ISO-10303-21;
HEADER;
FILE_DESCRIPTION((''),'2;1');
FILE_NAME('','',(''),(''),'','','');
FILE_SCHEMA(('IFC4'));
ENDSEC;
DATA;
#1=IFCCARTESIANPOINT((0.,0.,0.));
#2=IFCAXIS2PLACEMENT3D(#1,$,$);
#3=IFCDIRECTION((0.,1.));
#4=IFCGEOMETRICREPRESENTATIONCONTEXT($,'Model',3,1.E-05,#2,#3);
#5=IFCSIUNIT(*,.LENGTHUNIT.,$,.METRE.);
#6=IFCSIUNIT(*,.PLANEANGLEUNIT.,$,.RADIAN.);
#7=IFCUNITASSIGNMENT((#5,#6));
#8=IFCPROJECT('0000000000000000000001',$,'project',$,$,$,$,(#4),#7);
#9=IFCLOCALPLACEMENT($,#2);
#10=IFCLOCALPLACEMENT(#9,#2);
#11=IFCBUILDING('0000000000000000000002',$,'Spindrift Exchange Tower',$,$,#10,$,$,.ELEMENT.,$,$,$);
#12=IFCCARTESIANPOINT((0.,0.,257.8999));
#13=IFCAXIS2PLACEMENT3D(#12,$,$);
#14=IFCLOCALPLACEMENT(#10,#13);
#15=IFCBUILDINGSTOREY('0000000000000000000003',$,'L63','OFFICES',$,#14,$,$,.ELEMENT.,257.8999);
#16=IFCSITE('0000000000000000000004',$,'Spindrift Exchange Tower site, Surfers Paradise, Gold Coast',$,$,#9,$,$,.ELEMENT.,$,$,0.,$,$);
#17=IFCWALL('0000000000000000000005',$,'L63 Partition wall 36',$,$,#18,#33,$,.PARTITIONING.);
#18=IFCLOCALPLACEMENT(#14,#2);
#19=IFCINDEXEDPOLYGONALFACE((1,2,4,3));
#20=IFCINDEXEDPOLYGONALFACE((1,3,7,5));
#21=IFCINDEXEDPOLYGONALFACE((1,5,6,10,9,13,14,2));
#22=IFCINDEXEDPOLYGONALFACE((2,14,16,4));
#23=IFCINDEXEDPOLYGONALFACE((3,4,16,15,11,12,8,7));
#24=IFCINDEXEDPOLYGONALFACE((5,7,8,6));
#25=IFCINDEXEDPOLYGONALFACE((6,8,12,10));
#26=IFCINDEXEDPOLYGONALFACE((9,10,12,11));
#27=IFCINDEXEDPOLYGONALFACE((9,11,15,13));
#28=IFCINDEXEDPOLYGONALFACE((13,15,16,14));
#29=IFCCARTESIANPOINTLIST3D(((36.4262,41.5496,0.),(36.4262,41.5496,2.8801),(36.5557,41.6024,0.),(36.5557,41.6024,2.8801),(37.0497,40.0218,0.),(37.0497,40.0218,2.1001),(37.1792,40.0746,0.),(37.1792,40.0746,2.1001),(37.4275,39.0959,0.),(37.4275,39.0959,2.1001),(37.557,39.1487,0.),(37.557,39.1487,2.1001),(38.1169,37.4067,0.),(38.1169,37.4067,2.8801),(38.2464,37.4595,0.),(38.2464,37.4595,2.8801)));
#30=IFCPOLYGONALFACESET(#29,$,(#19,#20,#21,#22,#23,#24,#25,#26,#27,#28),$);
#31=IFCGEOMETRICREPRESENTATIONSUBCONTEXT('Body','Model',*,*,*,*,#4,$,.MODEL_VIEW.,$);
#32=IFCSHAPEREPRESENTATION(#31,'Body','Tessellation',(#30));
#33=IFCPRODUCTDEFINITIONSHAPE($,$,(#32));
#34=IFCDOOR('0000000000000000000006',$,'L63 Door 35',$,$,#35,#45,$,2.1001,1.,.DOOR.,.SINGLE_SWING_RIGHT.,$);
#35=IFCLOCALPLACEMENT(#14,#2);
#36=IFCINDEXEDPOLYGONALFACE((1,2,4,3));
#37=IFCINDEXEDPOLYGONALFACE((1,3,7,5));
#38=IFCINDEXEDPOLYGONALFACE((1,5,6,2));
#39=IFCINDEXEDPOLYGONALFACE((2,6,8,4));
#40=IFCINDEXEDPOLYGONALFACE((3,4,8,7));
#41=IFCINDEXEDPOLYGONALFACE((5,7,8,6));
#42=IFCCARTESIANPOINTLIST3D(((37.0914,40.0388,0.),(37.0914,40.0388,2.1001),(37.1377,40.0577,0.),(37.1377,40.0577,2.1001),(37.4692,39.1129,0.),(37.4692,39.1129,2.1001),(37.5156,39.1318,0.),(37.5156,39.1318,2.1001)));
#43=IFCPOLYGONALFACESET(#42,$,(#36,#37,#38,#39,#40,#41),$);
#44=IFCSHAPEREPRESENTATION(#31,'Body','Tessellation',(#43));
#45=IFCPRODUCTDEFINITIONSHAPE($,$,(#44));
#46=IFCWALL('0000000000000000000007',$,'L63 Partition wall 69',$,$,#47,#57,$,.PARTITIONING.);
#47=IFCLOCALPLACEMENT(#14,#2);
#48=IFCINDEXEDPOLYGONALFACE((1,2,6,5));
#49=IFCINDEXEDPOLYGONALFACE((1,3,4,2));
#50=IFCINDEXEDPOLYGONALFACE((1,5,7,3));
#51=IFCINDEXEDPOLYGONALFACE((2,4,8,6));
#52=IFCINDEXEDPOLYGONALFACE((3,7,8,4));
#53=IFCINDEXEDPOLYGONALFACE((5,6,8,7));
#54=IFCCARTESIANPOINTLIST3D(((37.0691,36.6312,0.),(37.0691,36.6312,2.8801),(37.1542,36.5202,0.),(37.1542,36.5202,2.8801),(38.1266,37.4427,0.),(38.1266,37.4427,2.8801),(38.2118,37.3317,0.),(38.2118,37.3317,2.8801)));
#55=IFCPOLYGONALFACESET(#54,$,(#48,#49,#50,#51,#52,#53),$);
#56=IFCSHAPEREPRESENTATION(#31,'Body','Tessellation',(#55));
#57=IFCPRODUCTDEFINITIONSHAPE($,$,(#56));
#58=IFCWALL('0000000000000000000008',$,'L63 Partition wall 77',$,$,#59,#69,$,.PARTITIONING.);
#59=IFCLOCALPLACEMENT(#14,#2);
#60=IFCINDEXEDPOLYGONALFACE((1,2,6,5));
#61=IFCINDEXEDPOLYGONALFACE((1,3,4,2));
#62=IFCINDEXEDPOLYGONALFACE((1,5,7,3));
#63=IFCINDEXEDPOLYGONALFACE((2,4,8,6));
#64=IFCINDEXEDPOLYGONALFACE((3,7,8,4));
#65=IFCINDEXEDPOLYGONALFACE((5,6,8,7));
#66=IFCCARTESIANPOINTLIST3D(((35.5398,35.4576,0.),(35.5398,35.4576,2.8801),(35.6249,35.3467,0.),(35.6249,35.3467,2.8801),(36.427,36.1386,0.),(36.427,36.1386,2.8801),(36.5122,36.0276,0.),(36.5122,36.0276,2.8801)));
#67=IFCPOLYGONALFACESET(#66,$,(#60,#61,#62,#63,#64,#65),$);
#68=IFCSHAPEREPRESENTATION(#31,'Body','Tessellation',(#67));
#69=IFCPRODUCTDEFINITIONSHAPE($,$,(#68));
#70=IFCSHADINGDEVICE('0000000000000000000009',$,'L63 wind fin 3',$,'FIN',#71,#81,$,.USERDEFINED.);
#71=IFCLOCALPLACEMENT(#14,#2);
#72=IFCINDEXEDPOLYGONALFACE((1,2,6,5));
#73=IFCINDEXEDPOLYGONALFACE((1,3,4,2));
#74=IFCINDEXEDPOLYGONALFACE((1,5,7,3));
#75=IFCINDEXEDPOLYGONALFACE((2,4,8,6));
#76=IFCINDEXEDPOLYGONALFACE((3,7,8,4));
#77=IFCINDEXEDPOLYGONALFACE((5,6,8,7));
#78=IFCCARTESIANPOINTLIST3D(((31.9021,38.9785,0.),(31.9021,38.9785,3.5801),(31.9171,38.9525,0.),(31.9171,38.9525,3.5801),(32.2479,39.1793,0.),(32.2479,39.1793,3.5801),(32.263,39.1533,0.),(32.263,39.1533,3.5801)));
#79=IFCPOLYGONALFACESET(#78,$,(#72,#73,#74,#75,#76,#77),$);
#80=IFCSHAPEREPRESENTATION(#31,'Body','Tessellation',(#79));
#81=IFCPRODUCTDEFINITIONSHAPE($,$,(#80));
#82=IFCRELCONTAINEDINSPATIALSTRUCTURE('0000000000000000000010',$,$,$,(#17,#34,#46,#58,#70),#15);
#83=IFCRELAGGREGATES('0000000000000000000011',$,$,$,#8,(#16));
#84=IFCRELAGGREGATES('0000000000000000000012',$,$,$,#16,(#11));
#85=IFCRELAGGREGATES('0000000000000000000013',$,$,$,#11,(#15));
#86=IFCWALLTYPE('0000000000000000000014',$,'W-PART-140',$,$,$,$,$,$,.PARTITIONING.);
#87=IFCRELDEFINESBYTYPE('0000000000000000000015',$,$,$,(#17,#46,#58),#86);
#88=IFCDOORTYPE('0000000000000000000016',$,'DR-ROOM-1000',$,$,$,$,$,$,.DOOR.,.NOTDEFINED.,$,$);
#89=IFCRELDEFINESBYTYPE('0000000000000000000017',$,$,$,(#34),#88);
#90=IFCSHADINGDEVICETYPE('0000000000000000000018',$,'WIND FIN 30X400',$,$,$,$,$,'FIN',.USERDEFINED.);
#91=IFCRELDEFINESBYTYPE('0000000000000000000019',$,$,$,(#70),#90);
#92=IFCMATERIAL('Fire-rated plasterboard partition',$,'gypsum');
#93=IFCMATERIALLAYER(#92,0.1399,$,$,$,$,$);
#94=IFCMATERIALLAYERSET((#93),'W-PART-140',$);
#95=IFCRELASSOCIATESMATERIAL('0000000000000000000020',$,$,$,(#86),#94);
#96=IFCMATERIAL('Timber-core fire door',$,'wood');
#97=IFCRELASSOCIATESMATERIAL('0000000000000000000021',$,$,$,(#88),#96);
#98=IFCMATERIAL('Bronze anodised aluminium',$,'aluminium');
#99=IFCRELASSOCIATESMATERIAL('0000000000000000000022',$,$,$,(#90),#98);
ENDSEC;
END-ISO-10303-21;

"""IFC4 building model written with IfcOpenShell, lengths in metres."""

from ifc_helpers import new_model, si_unit, direction, frame, frame_2d, origin, origin_2d, place, context, subcontext, project, spatial, rectangle, extrude, source, transform, mapped, material, layer, layer_set, material_profile, profile_set, type_object, element, fill, save


model = new_model("IFC4")

# Units and contexts
model_context = context("Model", 3, precision=1e-05, world=origin(), true_north=direction((0.0, 1.0)))
body_context = subcontext(model_context, "Body", "Model", "MODEL_VIEW")
ifc_project = project(units=[si_unit("LENGTHUNIT", "METRE"), si_unit("PLANEANGLEUNIT", "RADIAN")], contexts=[model_context])

# Site, building, storey
site_placement = place(None, origin())
site = spatial("IfcSite", under=ifc_project, at=site_placement, Name="Spindrift Exchange Tower site, Surfers Paradise, Gold Coast", CompositionType="ELEMENT", RefElevation=0.0)
building_placement = place(site_placement, origin())
building = spatial("IfcBuilding", under=site, at=building_placement, Name="Spindrift Exchange Tower", CompositionType="ELEMENT")
storey_placement = place(building_placement, frame((0.0, 0.0, 257.8999)))
storey = spatial("IfcBuildingStorey", under=building, at=storey_placement, Name="L63", Description="OFFICES", CompositionType="ELEMENT", Elevation=257.8999)

# Shared definitions
ifc_material_1 = material(Name="Bronze anodised aluminium", Category="aluminium")

# Wall, opening, door
ifc_material_2 = material(Name="Fire-rated plasterboard partition", Category="gypsum")
ifc_layer_1 = layer(ifc_material_2, 0.1399)
ifc_layer_set_1 = layer_set([ifc_layer_1], Name="W-PART-140")
wall_type = type_object("IfcWallType", Name="W-PART-140", PredefinedType="PARTITIONING", material=ifc_layer_set_1)
wall_1_placement = place(storey_placement, frame((38.1816, 37.4331, 0.0), z_axis=(0.0, 0.0, 1.0), x_axis=(-0.377844, 0.925869, 0.0)))
wall_1 = element("IfcWall", 1, at=wall_1_placement, inside=storey, type_object=wall_type, Name="L63 Partition wall 36", PredefinedType="PARTITIONING", context=body_context, shape_type="SweptSolid", body=[
    extrude(rectangle(XDim=4.4746, YDim=0.1399, at=frame_2d((2.2373, 0.0))), origin(), (0.0, 0.0, 1.0), 2.8801),
])
opening_placement = place(wall_1_placement, frame((1.8245, 0.0, 0.0)))
opening = element("IfcOpeningElement", 2, at=opening_placement, cuts=wall_1, PredefinedType="OPENING", context=body_context, shape_type="SweptSolid", body=[
    extrude(rectangle(XDim=1.0, YDim=2.1001, at=frame_2d((0.5, 1.05))), frame((0.0, 0.0798, 0.0), z_axis=(0.0, -1.0, 0.0), x_axis=(1.0, 0.0, 0.0)), (0.0, 0.0, 1.0), 0.1599),
])
ifc_material_3 = material(Name="Timber-core fire door", Category="wood")
door_type = type_object("IfcDoorType", Name="DR-ROOM-1000", OperationType="NOTDEFINED", PredefinedType="DOOR", material=ifc_material_3)
shared_shape_1 = source(origin(), body_context, "Body", "SweptSolid", [
    extrude(rectangle(XDim=1.0, YDim=2.1001, at=frame_2d((0.5, 1.05))), frame((0.0, 0.0249, 0.0), z_axis=(0.0, -1.0, 0.0), x_axis=(1.0, 0.0, 0.0)), (0.0, 0.0, 1.0), 0.05),
])
door_placement = place(opening_placement, origin())
door = element("IfcDoor", 3, at=door_placement, inside=storey, type_object=door_type, Name="L63 Door 35", OperationType="SINGLE_SWING_RIGHT", OverallHeight=2.1001, OverallWidth=1.0, PredefinedType="DOOR", context=body_context, shape_type="MappedRepresentation", body=[
    mapped(shared_shape_1, transform((0.0, 0.0, 0.0), scale=1.0)),
])
fill(opening, door)

# Walls
wall_2_placement = place(storey_placement, frame((38.1692, 37.3872, 0.0), z_axis=(0.0, 0.0, 1.0), x_axis=(-0.793359, -0.608754, 0.0)))
element("IfcWall", 4, at=wall_2_placement, inside=storey, type_object=wall_type, Name="L63 Partition wall 69", PredefinedType="PARTITIONING", context=body_context, shape_type="SweptSolid", body=[
    extrude(rectangle(XDim=1.333, YDim=0.1399, at=frame_2d((0.6665, 0.0))), origin(), (0.0, 0.0, 1.0), 2.8801),
])
wall_3_placement = place(storey_placement, frame((36.4695, 36.083, 0.0), z_axis=(0.0, 0.0, 1.0), x_axis=(-0.793297, -0.608835, 0.0)))
element("IfcWall", 5, at=wall_3_placement, inside=storey, type_object=wall_type, Name="L63 Partition wall 77", PredefinedType="PARTITIONING", context=body_context, shape_type="SweptSolid", body=[
    extrude(rectangle(XDim=1.1184, YDim=0.1399, at=frame_2d((0.5591, 0.0))), origin(), (0.0, 0.0, 1.0), 2.8801),
])

# Shading device
ifc_material_profile_1 = material_profile(ifc_material_1, rectangle(XDim=0.03, YDim=0.3999, at=origin_2d()), Name="WIND FIN 30X400")
ifc_profile_set_1 = profile_set([ifc_material_profile_1], Name="Bronze anodised aluminium")
shading_device_type = type_object("IfcShadingDeviceType", Name="WIND FIN 30X400", ElementType="FIN", PredefinedType="USERDEFINED", material=ifc_profile_set_1)
shared_shape_2 = source(origin(), body_context, "Body", "SweptSolid", [
    extrude(rectangle(XDim=0.03, YDim=0.3999, at=origin_2d()), origin(), (0.0, 0.0, 1.0), 3.5801),
])
shading_device_placement = place(storey_placement, frame((32.0825, 39.0659, 0.0), z_axis=(0.0, 0.0, 1.0), x_axis=(0.502109, -0.864805, 0.0)))
element("IfcShadingDevice", 6, at=shading_device_placement, inside=storey, type_object=shading_device_type, Name="L63 wind fin 3", ObjectType="FIN", PredefinedType="USERDEFINED", context=body_context, shape_type="MappedRepresentation", body=[
    mapped(shared_shape_2, transform((0.0, 0.0, 0.0), scale=1.0)),
])

save(model, "model.ifc")
